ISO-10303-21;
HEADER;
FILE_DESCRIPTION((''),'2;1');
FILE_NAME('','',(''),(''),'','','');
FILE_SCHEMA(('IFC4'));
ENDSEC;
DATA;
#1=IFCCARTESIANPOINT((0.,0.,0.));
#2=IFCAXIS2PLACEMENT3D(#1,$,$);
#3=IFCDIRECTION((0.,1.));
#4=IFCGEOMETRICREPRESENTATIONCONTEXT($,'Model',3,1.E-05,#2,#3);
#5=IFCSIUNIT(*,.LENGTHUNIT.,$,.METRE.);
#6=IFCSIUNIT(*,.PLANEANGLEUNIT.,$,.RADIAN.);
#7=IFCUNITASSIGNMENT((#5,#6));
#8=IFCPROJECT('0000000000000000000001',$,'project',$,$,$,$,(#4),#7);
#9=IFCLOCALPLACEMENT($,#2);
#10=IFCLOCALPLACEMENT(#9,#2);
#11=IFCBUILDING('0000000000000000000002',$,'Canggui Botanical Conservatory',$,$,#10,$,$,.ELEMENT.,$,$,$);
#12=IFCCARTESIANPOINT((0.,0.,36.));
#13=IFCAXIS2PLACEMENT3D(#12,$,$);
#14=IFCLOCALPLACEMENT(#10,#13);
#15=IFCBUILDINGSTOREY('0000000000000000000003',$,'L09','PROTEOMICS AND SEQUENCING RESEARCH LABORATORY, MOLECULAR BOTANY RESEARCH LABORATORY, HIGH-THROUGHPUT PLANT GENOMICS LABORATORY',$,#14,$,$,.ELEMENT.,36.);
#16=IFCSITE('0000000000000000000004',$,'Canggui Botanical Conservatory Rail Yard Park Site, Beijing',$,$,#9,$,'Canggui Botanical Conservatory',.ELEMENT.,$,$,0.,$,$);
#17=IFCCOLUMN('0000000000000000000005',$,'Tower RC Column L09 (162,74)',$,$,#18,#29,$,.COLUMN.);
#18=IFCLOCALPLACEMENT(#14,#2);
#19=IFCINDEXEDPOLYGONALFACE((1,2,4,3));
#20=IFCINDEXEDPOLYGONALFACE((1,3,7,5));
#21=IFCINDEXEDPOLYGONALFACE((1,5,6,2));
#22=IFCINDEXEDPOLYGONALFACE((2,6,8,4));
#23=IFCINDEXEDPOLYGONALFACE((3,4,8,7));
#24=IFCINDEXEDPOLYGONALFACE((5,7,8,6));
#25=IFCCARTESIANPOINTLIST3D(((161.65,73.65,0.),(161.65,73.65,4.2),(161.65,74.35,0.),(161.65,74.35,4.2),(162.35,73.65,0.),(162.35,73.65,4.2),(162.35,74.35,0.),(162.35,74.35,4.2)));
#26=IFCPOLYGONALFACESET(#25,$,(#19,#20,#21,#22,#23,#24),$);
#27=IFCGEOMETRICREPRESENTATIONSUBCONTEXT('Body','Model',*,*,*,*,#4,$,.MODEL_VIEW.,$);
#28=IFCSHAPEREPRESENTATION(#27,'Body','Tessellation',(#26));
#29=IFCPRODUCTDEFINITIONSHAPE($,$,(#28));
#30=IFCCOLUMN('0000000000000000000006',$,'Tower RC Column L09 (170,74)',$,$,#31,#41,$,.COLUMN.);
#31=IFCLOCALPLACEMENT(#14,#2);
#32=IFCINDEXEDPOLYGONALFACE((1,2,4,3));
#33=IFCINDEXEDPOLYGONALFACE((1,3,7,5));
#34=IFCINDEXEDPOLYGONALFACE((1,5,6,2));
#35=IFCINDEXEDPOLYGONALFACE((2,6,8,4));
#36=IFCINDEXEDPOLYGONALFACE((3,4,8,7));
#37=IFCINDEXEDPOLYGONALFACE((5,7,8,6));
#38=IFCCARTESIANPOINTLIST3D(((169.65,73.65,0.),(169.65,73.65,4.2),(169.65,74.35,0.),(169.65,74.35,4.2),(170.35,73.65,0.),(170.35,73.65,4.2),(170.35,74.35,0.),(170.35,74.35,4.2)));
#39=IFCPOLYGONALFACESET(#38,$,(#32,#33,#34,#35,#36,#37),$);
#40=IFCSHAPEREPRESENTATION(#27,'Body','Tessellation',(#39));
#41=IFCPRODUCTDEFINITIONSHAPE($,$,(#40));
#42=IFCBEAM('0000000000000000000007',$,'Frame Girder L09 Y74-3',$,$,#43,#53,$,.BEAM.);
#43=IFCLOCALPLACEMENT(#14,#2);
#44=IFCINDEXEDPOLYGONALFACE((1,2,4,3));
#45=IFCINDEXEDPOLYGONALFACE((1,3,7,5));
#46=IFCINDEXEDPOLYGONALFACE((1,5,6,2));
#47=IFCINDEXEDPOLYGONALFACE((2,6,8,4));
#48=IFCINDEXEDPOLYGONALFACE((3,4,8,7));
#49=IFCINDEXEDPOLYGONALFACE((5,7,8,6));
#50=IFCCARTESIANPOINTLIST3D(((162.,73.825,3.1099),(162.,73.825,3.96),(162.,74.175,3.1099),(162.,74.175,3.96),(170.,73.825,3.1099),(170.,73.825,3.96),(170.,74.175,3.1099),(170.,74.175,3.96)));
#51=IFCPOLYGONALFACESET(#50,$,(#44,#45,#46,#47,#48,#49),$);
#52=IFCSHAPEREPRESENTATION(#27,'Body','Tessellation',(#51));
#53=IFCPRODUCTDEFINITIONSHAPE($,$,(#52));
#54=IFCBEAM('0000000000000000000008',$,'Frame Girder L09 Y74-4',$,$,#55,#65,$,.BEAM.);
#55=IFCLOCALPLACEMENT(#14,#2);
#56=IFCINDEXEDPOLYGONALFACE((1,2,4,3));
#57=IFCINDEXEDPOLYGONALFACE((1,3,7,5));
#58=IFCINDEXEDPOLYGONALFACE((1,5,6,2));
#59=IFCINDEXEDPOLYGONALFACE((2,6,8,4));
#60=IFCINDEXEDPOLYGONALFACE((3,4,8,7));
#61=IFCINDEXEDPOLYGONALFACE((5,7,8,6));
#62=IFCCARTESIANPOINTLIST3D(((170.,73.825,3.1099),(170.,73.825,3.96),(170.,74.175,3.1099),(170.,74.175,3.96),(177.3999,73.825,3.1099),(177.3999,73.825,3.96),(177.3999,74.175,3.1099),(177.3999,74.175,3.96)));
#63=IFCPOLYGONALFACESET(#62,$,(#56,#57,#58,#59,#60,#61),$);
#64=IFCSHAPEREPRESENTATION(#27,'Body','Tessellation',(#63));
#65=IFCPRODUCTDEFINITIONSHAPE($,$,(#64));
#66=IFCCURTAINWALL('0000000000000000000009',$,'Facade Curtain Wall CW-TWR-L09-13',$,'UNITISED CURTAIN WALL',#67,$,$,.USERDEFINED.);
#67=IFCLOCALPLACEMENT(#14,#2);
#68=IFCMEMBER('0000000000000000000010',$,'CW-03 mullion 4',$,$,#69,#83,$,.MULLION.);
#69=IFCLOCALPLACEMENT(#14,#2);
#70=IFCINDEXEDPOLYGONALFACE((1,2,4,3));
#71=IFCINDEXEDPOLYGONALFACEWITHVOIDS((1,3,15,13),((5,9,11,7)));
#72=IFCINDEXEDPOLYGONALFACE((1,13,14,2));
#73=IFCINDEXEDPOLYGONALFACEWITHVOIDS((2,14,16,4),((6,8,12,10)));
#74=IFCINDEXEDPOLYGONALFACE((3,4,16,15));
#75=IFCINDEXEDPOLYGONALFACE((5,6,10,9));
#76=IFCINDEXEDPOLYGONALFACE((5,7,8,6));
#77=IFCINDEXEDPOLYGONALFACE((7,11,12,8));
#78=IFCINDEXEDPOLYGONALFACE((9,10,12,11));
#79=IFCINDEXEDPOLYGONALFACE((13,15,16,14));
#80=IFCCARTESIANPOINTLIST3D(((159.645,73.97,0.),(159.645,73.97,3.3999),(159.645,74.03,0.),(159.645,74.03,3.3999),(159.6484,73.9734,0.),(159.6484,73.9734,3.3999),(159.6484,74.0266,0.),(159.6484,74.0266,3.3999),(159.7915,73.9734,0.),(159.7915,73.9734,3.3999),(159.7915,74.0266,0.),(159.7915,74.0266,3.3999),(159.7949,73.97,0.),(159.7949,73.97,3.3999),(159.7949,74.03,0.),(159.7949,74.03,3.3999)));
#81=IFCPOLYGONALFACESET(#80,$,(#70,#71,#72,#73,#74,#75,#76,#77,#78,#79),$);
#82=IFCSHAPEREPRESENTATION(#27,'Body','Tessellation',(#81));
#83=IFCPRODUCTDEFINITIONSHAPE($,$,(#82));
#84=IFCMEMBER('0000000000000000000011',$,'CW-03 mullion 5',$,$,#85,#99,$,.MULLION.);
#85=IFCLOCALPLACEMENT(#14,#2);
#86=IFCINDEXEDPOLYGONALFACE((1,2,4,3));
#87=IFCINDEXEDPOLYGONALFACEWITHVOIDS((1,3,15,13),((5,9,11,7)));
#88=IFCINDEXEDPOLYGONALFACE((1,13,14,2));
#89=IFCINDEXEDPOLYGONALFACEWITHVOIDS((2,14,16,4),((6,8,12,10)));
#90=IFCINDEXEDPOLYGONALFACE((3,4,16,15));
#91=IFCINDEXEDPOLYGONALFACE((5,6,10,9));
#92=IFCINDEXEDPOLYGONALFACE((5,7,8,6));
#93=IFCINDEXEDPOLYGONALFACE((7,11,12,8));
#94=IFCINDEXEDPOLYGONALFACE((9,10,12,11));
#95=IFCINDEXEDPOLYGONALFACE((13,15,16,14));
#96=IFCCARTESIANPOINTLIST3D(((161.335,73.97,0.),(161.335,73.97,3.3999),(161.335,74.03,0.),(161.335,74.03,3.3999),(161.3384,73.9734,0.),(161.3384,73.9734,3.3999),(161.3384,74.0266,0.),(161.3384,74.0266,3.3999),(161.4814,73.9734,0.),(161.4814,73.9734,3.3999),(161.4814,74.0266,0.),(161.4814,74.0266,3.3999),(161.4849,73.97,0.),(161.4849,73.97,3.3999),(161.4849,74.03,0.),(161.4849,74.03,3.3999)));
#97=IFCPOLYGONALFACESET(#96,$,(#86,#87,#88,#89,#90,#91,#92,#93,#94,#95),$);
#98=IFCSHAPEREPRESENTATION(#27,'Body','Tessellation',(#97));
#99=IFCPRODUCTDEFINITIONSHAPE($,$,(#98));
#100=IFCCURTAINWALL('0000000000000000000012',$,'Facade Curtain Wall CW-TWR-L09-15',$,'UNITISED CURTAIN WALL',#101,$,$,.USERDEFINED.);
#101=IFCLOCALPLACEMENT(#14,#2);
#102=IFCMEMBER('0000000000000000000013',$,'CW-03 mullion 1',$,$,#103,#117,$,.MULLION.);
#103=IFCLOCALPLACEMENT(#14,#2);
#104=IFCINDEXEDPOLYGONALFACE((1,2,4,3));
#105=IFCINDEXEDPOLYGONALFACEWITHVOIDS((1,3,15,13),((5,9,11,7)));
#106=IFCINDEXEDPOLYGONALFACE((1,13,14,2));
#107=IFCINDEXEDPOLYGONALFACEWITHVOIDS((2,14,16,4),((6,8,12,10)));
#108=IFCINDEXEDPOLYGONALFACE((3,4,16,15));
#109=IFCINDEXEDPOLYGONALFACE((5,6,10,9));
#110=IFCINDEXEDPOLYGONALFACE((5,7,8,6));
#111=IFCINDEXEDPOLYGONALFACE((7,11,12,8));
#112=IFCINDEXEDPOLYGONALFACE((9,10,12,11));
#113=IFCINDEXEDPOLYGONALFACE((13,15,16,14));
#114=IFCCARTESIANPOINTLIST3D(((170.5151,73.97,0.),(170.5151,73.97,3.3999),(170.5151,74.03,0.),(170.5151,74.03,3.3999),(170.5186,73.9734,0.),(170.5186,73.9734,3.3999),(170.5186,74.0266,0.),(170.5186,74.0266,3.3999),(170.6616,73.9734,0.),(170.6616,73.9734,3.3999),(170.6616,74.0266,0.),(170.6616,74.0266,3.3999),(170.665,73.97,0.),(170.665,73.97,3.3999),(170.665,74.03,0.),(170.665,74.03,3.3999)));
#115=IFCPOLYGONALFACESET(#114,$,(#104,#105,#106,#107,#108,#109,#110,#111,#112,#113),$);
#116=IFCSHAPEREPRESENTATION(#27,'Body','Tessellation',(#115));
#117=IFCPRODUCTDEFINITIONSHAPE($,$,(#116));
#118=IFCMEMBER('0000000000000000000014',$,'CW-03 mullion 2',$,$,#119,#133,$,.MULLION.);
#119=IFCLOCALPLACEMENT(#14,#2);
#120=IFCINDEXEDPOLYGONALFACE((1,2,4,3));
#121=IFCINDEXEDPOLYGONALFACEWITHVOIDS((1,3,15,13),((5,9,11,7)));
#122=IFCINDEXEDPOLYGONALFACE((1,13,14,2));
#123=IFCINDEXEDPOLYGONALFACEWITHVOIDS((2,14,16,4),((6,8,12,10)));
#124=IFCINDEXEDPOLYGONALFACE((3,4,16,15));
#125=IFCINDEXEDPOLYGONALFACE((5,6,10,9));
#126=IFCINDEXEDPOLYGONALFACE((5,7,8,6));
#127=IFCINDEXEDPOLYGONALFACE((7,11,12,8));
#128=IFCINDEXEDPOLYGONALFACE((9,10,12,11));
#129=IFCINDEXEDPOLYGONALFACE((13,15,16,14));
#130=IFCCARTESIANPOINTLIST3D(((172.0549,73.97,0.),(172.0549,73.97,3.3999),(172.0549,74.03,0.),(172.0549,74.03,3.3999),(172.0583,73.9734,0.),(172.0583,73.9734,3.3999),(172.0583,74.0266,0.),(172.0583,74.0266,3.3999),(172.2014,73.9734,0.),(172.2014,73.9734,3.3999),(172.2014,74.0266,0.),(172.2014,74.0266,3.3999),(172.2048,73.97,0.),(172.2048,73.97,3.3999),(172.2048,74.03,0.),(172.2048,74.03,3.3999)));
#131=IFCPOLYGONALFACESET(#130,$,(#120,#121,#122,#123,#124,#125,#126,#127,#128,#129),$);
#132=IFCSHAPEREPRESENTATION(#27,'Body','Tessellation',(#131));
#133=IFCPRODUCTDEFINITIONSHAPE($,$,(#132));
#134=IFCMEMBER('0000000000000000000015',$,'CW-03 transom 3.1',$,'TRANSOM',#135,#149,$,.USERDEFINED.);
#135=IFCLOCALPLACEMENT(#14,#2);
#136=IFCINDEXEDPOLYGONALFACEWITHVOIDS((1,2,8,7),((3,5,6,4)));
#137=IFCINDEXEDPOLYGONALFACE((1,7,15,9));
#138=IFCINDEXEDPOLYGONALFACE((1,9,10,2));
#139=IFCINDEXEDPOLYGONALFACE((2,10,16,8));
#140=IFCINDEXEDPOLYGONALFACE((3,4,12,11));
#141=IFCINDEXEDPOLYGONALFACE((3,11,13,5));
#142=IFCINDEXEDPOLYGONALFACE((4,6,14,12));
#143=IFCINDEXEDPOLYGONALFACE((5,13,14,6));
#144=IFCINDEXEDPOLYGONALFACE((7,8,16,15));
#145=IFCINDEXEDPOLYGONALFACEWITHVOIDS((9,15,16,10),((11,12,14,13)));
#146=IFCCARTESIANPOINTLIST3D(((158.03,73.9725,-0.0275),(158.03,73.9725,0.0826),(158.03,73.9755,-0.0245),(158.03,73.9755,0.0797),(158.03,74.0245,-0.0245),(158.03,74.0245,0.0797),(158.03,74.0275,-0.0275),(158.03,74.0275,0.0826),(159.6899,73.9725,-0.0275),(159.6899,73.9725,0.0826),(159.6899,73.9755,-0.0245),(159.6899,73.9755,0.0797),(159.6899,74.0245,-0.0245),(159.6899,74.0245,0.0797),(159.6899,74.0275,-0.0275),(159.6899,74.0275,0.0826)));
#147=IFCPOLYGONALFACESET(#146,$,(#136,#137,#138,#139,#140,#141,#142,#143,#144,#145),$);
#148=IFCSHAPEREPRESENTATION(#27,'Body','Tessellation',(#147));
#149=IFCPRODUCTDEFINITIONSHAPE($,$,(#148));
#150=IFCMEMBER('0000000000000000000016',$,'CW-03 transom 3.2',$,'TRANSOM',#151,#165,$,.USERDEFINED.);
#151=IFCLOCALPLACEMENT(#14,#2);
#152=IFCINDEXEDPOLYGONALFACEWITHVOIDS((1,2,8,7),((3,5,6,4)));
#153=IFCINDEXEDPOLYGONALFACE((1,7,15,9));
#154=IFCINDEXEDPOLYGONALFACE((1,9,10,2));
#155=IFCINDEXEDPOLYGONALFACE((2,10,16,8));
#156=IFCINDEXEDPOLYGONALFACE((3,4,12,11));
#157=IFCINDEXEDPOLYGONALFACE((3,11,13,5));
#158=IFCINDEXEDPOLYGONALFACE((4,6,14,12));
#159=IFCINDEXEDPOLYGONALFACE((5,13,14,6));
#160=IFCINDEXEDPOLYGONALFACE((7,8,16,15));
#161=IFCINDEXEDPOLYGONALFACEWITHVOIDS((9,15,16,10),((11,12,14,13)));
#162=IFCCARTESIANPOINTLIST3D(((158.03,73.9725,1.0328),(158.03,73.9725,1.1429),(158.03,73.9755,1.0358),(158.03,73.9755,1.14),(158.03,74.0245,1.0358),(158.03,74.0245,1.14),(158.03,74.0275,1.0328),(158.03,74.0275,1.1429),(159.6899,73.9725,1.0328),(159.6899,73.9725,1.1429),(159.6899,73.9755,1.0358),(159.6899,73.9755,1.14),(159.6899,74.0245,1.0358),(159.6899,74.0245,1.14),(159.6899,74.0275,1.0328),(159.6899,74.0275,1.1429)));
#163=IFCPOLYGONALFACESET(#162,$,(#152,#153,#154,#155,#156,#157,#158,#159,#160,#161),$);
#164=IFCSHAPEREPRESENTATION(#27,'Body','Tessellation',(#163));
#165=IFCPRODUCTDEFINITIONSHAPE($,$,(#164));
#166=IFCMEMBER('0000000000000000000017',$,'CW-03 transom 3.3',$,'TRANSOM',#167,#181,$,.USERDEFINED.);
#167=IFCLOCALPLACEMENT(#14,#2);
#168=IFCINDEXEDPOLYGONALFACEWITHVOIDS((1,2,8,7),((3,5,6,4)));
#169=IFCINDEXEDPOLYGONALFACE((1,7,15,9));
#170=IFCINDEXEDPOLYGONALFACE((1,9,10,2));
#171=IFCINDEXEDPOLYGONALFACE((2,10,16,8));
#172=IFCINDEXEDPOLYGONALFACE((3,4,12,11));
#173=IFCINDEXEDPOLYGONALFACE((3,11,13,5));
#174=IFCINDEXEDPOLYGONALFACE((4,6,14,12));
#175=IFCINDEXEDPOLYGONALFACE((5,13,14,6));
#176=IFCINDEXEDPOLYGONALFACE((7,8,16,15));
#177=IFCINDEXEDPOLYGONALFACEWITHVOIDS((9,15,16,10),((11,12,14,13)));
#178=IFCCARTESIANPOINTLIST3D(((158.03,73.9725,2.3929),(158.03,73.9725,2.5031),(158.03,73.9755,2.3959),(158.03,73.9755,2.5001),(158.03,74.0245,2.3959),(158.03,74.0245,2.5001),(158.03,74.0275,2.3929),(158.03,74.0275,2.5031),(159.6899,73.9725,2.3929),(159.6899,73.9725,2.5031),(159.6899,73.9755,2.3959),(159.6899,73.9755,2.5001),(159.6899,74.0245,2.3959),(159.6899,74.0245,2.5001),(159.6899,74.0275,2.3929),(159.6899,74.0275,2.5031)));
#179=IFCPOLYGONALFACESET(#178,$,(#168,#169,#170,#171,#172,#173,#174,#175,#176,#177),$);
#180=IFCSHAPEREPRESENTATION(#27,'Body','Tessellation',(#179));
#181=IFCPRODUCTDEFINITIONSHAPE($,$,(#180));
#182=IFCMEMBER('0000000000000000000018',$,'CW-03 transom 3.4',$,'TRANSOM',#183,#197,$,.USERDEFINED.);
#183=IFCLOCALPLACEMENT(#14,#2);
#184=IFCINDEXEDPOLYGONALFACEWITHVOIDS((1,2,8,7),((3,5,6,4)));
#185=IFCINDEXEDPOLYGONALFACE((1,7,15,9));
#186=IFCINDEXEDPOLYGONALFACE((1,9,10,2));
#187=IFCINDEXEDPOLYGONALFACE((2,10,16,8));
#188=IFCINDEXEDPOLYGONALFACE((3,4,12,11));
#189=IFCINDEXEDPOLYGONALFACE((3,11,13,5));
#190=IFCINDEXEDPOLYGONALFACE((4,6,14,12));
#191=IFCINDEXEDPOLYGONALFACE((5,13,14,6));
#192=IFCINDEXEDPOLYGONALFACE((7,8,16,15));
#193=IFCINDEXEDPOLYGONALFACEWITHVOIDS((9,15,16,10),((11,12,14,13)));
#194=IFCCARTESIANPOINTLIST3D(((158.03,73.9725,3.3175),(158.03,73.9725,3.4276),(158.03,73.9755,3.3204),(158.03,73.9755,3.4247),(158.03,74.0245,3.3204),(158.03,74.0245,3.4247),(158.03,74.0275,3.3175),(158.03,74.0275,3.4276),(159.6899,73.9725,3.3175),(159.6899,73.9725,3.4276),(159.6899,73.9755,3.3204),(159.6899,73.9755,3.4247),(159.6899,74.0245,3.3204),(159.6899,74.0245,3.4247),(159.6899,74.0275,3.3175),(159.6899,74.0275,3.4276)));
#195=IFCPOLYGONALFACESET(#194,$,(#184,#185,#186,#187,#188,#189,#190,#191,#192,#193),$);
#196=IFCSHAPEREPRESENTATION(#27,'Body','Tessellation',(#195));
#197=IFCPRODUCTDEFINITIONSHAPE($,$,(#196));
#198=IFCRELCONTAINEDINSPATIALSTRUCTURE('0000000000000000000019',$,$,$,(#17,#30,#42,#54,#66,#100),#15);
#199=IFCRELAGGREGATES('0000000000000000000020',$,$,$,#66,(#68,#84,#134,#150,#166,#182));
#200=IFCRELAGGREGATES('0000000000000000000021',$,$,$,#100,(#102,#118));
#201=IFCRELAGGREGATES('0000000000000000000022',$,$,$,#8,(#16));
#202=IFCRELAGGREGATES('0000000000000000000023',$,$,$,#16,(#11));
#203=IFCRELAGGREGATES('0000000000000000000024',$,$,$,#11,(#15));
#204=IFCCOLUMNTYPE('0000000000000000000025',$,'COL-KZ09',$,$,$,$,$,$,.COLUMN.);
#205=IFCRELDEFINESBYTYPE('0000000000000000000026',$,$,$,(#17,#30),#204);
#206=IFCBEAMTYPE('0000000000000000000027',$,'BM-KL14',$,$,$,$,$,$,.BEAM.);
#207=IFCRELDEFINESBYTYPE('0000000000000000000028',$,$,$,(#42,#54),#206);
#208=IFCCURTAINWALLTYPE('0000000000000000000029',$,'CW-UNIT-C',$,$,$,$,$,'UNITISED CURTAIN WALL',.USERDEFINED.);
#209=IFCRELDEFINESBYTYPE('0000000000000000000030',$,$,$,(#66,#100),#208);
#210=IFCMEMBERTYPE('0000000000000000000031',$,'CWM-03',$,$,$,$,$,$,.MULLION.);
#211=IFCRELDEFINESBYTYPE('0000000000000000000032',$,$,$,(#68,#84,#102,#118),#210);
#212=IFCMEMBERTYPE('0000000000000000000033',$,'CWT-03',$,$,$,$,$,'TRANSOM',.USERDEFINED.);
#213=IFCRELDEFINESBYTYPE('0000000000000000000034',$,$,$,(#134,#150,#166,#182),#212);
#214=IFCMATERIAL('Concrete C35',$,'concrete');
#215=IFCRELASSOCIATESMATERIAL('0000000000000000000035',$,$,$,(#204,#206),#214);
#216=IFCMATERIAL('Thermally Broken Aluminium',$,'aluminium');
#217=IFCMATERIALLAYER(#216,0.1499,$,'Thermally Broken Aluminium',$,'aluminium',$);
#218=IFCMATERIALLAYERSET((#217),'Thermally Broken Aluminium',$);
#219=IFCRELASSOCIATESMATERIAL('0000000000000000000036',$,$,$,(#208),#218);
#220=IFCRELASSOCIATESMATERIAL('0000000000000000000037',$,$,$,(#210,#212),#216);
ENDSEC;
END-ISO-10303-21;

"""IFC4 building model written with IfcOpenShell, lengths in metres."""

from ifc_helpers import new_model, si_unit, direction, frame, origin, origin_2d, place, context, subcontext, project, spatial, rectangle, hollow_rectangle, extrude, material, layer, layer_set, material_profile, profile_set, type_object, element, aggregate, save


model = new_model("IFC4")

# Units and contexts
model_context = context("Model", 3, precision=1e-05, world=origin(), true_north=direction((0.0, 1.0)))
body_context = subcontext(model_context, "Body", "Model", "MODEL_VIEW")
ifc_project = project(units=[si_unit("LENGTHUNIT", "METRE"), si_unit("PLANEANGLEUNIT", "RADIAN")], contexts=[model_context])

# Site, building, storey
site_placement = place(None, origin())
site = spatial("IfcSite", under=ifc_project, at=site_placement, Name="Canggui Botanical Conservatory Rail Yard Park Site, Beijing", LongName="Canggui Botanical Conservatory", CompositionType="ELEMENT", RefElevation=0.0)
building_placement = place(site_placement, origin())
building = spatial("IfcBuilding", under=site, at=building_placement, Name="Canggui Botanical Conservatory", CompositionType="ELEMENT")
storey_placement = place(building_placement, frame((0.0, 0.0, 36.0)))
storey = spatial("IfcBuildingStorey", under=building, at=storey_placement, Name="L09", Description="PROTEOMICS AND SEQUENCING RESEARCH LABORATORY, MOLECULAR BOTANY RESEARCH LABORATORY, HIGH-THROUGHPUT PLANT GENOMICS LABORATORY", CompositionType="ELEMENT", Elevation=36.0)

# Columns
ifc_material_1 = material(Name="Concrete C35", Category="concrete")
ifc_material_profile_1 = material_profile(ifc_material_1, rectangle(XDim=0.7, YDim=0.7, at=origin_2d()), Name="RC 700x700")
ifc_profile_set_1 = profile_set([ifc_material_profile_1], Name="Concrete C35")
column_type = type_object("IfcColumnType", Name="COL-KZ09", PredefinedType="COLUMN", material=ifc_profile_set_1)
for number, where, z_axis, x_axis, name in (
    (1, (162.0, 74.0, 0.0), (0.0, 0.0, 1.0), (1.0, 0.0, 0.0), "Tower RC Column L09 (162,74)"),
    (2, (170.0, 74.0, 0.0), (0.0, 0.0, 1.0), (1.0, 0.0, 0.0), "Tower RC Column L09 (170,74)"),
):
    element("IfcColumn", number, at=place(storey_placement, frame(where, z_axis=z_axis, x_axis=x_axis)), inside=storey, type_object=column_type, Name=name, PredefinedType="COLUMN", context=body_context, shape_type="SweptSolid", body=[
        extrude(rectangle(XDim=0.7, YDim=0.7, at=origin_2d()), origin(), (0.0, 0.0, 1.0), 4.2),
    ])

# Beams
ifc_material_profile_2 = material_profile(ifc_material_1, rectangle(XDim=0.3501, YDim=0.8501, at=origin_2d()), Name="RB 350x850")
ifc_profile_set_2 = profile_set([ifc_material_profile_2], Name="Concrete C35")
beam_type = type_object("IfcBeamType", Name="BM-KL14", PredefinedType="BEAM", material=ifc_profile_set_2)
beam_1_placement = place(storey_placement, frame((162.0, 74.0, 3.5349), z_axis=(1.0, 0.0, 0.0), x_axis=(0.0, 1.0, 0.0)))
element("IfcBeam", 3, at=beam_1_placement, inside=storey, type_object=beam_type, Name="Frame Girder L09 Y74-3", PredefinedType="BEAM", context=body_context, shape_type="SweptSolid", body=[
    extrude(rectangle(XDim=0.3501, YDim=0.8501, at=origin_2d()), origin(), (0.0, 0.0, 1.0), 8.0),
])
beam_2_placement = place(storey_placement, frame((170.0, 74.0, 3.5349), z_axis=(1.0, 0.0, 0.0), x_axis=(0.0, 1.0, 0.0)))
element("IfcBeam", 4, at=beam_2_placement, inside=storey, type_object=beam_type, Name="Frame Girder L09 Y74-4", PredefinedType="BEAM", context=body_context, shape_type="SweptSolid", body=[
    extrude(rectangle(XDim=0.3501, YDim=0.8501, at=origin_2d()), origin(), (0.0, 0.0, 1.0), 7.3999),
])

# Curtain walls, members
ifc_material_2 = material(Name="Thermally Broken Aluminium", Category="aluminium")
ifc_layer_1 = layer(ifc_material_2, 0.1499, Name="Thermally Broken Aluminium", Category="aluminium")
ifc_layer_set_1 = layer_set([ifc_layer_1], Name="Thermally Broken Aluminium")
curtain_wall_type = type_object("IfcCurtainWallType", Name="CW-UNIT-C", ElementType="UNITISED CURTAIN WALL", PredefinedType="USERDEFINED", material=ifc_layer_set_1)
curtain_wall_1_placement = place(storey_placement, origin())
curtain_wall_1 = element("IfcCurtainWall", 5, at=curtain_wall_1_placement, inside=storey, type_object=curtain_wall_type, Name="Facade Curtain Wall CW-TWR-L09-13", ObjectType="UNITISED CURTAIN WALL", PredefinedType="USERDEFINED")
ifc_material_profile_3 = material_profile(ifc_material_2, hollow_rectangle(XDim=0.0601, YDim=0.1499, WallThickness=0.0034, at=origin_2d()), Name="CWM 60x150x3.5")
ifc_profile_set_3 = profile_set([ifc_material_profile_3], Name="Thermally Broken Aluminium")
member_type_1 = type_object("IfcMemberType", Name="CWM-03", PredefinedType="MULLION", material=ifc_profile_set_3)
member_1_placement = place(storey_placement, frame((159.72, 74.0, 0.0), z_axis=(0.0, 0.0, 1.0), x_axis=(0.0, 1.0, 0.0)))
member_1 = element("IfcMember", 6, at=member_1_placement, type_object=member_type_1, Name="CW-03 mullion 4", PredefinedType="MULLION", context=body_context, shape_type="SweptSolid", body=[
    extrude(hollow_rectangle(XDim=0.0601, YDim=0.1499, WallThickness=0.0034, at=origin_2d()), origin(), (0.0, 0.0, 1.0), 3.3999),
])
member_2_placement = place(storey_placement, frame((161.4099, 74.0, 0.0), z_axis=(0.0, 0.0, 1.0), x_axis=(0.0, 1.0, 0.0)))
member_2 = element("IfcMember", 7, at=member_2_placement, type_object=member_type_1, Name="CW-03 mullion 5", PredefinedType="MULLION", context=body_context, shape_type="SweptSolid", body=[
    extrude(hollow_rectangle(XDim=0.0601, YDim=0.1499, WallThickness=0.0034, at=origin_2d()), origin(), (0.0, 0.0, 1.0), 3.3999),
])
curtain_wall_2_placement = place(storey_placement, origin())
curtain_wall_2 = element("IfcCurtainWall", 8, at=curtain_wall_2_placement, inside=storey, type_object=curtain_wall_type, Name="Facade Curtain Wall CW-TWR-L09-15", ObjectType="UNITISED CURTAIN WALL", PredefinedType="USERDEFINED")
member_3_placement = place(storey_placement, frame((170.5901, 74.0, 0.0), z_axis=(0.0, 0.0, 1.0), x_axis=(0.0, 1.0, 0.0)))
member_3 = element("IfcMember", 9, at=member_3_placement, type_object=member_type_1, Name="CW-03 mullion 1", PredefinedType="MULLION", context=body_context, shape_type="SweptSolid", body=[
    extrude(hollow_rectangle(XDim=0.0601, YDim=0.1499, WallThickness=0.0034, at=origin_2d()), origin(), (0.0, 0.0, 1.0), 3.3999),
])
member_4_placement = place(storey_placement, frame((172.1299, 74.0, 0.0), z_axis=(0.0, 0.0, 1.0), x_axis=(0.0, 1.0, 0.0)))
member_4 = element("IfcMember", 10, at=member_4_placement, type_object=member_type_1, Name="CW-03 mullion 2", PredefinedType="MULLION", context=body_context, shape_type="SweptSolid", body=[
    extrude(hollow_rectangle(XDim=0.0601, YDim=0.1499, WallThickness=0.0034, at=origin_2d()), origin(), (0.0, 0.0, 1.0), 3.3999),
])

# Members
ifc_material_profile_4 = material_profile(ifc_material_2, hollow_rectangle(XDim=0.0549, YDim=0.1101, WallThickness=0.0029, at=origin_2d()), Name="CWT 55x110x3")
ifc_profile_set_4 = profile_set([ifc_material_profile_4], Name="Thermally Broken Aluminium")
member_type_2 = type_object("IfcMemberType", Name="CWT-03", ElementType="TRANSOM", PredefinedType="USERDEFINED", material=ifc_profile_set_4)
member_5_placement = place(storey_placement, frame((158.03, 74.0, 0.0276), z_axis=(1.0, 0.0, 0.0), x_axis=(0.0, 1.0, 0.0)))
member_5 = element("IfcMember", 11, at=member_5_placement, type_object=member_type_2, Name="CW-03 transom 3.1", ObjectType="TRANSOM", PredefinedType="USERDEFINED", context=body_context, shape_type="SweptSolid", body=[
    extrude(hollow_rectangle(XDim=0.0549, YDim=0.1101, WallThickness=0.0029, at=origin_2d()), origin(), (0.0, 0.0, 1.0), 1.6599),
])
member_6_placement = place(storey_placement, frame((158.03, 74.0, 1.0879), z_axis=(1.0, 0.0, 0.0), x_axis=(0.0, 1.0, 0.0)))
member_6 = element("IfcMember", 12, at=member_6_placement, type_object=member_type_2, Name="CW-03 transom 3.2", ObjectType="TRANSOM", PredefinedType="USERDEFINED", context=body_context, shape_type="SweptSolid", body=[
    extrude(hollow_rectangle(XDim=0.0549, YDim=0.1101, WallThickness=0.0029, at=origin_2d()), origin(), (0.0, 0.0, 1.0), 1.6599),
])
member_7_placement = place(storey_placement, frame((158.03, 74.0, 2.448), z_axis=(1.0, 0.0, 0.0), x_axis=(0.0, 1.0, 0.0)))
member_7 = element("IfcMember", 13, at=member_7_placement, type_object=member_type_2, Name="CW-03 transom 3.3", ObjectType="TRANSOM", PredefinedType="USERDEFINED", context=body_context, shape_type="SweptSolid", body=[
    extrude(hollow_rectangle(XDim=0.0549, YDim=0.1101, WallThickness=0.0029, at=origin_2d()), origin(), (0.0, 0.0, 1.0), 1.6599),
])
member_8_placement = place(storey_placement, frame((158.03, 74.0, 3.3726), z_axis=(1.0, 0.0, 0.0), x_axis=(0.0, 1.0, 0.0)))
member_8 = element("IfcMember", 14, at=member_8_placement, type_object=member_type_2, Name="CW-03 transom 3.4", ObjectType="TRANSOM", PredefinedType="USERDEFINED", context=body_context, shape_type="SweptSolid", body=[
    extrude(hollow_rectangle(XDim=0.0549, YDim=0.1101, WallThickness=0.0029, at=origin_2d()), origin(), (0.0, 0.0, 1.0), 1.6599),
])

aggregate(curtain_wall_1, [member_1, member_2, member_5, member_6, member_7, member_8])
aggregate(curtain_wall_2, [member_3, member_4])

save(model, "model.ifc")
